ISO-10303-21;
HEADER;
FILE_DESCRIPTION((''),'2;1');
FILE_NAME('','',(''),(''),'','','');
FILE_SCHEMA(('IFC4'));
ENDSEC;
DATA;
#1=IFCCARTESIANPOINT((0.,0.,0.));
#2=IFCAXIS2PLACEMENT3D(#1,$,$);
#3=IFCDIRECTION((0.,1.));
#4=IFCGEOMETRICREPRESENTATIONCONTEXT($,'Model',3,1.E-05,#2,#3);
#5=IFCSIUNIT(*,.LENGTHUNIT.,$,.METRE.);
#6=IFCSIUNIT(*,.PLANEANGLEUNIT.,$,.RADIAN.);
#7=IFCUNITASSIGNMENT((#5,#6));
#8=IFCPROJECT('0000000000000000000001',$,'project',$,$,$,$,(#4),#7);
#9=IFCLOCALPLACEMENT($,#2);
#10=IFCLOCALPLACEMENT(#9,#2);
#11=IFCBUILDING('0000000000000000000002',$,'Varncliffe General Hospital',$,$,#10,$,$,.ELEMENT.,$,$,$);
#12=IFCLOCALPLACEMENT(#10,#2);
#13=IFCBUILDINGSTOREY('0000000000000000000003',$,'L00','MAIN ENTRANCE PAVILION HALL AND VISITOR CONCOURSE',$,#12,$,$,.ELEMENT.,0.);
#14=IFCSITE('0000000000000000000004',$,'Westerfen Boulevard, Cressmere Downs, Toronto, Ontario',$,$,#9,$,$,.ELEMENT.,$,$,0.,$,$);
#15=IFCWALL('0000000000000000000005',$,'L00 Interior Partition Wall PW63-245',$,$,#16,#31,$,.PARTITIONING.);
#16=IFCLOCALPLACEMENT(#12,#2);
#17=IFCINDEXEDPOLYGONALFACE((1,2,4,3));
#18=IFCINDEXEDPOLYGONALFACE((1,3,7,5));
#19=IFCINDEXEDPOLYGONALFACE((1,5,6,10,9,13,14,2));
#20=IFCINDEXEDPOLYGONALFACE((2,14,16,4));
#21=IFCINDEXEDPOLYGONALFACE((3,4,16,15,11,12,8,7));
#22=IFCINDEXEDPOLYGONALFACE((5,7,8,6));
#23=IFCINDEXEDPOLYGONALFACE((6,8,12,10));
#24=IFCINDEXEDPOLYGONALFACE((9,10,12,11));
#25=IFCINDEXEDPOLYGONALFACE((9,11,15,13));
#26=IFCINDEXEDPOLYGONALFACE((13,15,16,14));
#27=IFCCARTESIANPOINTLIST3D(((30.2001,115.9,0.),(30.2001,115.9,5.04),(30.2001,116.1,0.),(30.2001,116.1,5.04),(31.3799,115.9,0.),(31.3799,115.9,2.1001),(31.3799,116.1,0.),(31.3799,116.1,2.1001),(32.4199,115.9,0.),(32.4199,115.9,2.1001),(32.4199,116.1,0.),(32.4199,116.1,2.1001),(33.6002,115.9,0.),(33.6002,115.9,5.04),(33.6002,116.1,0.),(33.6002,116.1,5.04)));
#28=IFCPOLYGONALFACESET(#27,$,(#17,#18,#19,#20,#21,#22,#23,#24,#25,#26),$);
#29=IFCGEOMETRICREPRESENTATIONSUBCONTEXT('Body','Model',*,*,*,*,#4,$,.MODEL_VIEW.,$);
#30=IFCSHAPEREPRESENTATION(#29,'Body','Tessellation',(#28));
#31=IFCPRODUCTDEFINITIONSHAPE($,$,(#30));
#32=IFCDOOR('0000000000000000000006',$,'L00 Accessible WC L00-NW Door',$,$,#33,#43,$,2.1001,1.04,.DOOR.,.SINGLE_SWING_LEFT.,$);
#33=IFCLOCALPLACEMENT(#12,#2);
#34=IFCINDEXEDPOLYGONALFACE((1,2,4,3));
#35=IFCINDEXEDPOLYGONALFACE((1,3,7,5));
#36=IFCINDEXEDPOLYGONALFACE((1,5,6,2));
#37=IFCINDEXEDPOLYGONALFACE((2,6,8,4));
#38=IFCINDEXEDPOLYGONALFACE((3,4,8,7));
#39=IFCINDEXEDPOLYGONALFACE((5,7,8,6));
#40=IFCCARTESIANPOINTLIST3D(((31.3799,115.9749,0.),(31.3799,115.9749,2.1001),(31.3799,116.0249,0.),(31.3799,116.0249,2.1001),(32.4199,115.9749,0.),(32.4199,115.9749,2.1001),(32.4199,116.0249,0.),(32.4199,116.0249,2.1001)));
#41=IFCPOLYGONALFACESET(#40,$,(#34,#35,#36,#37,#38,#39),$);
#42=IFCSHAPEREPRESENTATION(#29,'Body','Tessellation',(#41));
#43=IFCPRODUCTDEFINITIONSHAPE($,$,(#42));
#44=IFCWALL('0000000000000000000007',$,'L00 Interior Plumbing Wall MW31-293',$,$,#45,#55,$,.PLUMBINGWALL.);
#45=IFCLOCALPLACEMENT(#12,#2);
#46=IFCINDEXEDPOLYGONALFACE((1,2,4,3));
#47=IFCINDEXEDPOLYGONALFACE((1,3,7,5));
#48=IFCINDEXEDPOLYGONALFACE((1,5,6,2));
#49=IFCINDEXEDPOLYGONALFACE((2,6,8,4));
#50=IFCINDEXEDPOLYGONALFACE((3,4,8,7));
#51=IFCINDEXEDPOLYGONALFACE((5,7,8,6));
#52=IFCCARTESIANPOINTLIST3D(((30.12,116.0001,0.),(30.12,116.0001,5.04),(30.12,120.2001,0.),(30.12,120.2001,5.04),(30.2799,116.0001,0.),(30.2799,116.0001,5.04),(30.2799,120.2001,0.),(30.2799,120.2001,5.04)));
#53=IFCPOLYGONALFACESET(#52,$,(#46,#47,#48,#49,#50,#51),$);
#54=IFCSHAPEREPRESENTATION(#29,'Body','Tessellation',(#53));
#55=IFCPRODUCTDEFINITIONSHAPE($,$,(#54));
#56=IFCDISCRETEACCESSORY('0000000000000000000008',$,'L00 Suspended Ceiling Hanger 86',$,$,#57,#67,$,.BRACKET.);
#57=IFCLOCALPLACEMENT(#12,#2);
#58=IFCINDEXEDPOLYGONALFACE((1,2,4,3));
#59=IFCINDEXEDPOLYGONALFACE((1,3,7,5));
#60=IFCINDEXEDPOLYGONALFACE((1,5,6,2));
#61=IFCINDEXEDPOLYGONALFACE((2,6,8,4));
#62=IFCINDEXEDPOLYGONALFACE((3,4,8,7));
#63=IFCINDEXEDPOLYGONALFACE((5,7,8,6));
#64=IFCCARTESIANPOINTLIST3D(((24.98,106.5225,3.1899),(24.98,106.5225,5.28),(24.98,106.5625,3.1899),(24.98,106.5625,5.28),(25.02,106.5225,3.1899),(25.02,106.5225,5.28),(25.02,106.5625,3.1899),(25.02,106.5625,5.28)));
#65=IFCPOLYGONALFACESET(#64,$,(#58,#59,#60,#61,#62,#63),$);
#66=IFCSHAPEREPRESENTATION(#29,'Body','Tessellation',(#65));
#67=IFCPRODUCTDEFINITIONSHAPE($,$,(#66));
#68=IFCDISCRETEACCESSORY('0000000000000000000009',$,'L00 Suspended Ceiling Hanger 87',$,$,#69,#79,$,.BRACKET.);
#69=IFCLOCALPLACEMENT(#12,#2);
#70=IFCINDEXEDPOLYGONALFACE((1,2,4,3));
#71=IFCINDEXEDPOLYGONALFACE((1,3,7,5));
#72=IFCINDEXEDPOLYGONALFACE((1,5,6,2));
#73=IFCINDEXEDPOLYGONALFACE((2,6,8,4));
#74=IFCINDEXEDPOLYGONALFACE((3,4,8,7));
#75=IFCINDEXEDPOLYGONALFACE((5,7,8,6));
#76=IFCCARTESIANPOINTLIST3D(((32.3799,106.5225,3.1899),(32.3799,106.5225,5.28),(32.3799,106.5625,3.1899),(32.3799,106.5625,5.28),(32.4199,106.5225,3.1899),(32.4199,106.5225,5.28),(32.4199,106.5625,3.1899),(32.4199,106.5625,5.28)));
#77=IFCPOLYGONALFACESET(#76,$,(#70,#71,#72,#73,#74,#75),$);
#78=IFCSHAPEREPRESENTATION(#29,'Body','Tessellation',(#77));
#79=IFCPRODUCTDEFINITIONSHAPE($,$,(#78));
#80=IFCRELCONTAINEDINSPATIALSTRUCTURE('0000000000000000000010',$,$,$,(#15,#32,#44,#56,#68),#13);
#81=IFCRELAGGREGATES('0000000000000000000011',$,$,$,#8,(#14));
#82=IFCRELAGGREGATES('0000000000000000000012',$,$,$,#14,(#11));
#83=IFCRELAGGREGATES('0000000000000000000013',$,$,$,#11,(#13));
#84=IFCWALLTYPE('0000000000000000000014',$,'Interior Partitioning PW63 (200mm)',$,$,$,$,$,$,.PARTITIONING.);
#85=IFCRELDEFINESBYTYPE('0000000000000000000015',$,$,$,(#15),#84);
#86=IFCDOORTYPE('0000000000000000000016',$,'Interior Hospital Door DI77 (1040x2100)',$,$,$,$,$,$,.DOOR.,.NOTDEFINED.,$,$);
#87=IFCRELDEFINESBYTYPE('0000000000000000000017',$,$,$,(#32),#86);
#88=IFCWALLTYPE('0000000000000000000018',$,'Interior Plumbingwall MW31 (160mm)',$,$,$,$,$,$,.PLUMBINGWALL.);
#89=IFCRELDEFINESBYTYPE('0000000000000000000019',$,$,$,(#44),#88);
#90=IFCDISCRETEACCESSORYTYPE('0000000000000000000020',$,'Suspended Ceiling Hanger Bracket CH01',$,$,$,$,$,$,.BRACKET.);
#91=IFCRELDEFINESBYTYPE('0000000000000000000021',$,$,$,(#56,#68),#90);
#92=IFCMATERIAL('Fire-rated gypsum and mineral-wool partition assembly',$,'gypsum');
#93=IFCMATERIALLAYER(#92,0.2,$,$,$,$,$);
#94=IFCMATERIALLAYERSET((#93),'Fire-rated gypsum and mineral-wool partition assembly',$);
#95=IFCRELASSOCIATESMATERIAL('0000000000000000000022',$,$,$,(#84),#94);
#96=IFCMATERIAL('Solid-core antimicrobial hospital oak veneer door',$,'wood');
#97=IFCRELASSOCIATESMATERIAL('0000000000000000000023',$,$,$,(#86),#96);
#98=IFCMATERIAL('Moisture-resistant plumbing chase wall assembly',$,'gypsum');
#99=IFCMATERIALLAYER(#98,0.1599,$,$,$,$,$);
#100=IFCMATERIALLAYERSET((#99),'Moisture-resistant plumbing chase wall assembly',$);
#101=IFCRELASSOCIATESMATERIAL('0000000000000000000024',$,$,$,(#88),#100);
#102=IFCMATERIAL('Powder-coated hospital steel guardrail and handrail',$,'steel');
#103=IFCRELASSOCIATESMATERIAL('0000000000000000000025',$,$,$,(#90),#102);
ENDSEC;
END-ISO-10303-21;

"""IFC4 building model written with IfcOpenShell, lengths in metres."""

from ifc_helpers import new_model, si_unit, direction, frame, frame_2d, origin, origin_2d, place, context, subcontext, project, spatial, rectangle, extrude, material, layer, layer_set, type_object, element, fill, save


model = new_model("IFC4")

# Units and contexts
model_context = context("Model", 3, precision=1e-05, world=origin(), true_north=direction((0.0, 1.0)))
body_context = subcontext(model_context, "Body", "Model", "MODEL_VIEW")
ifc_project = project(units=[si_unit("LENGTHUNIT", "METRE"), si_unit("PLANEANGLEUNIT", "RADIAN")], contexts=[model_context])

# Site, building, storey
site_placement = place(None, origin())
site = spatial("IfcSite", under=ifc_project, at=site_placement, Name="Westerfen Boulevard, Cressmere Downs, Toronto, Ontario", CompositionType="ELEMENT", RefElevation=0.0)
building_placement = place(site_placement, origin())
building = spatial("IfcBuilding", under=site, at=building_placement, Name="Varncliffe General Hospital", CompositionType="ELEMENT")
storey_placement = place(building_placement, origin())
storey = spatial("IfcBuildingStorey", under=building, at=storey_placement, Name="L00", Description="MAIN ENTRANCE PAVILION HALL AND VISITOR CONCOURSE", CompositionType="ELEMENT", Elevation=0.0)

# Shared definitions
ifc_material_1 = material(Name="Fire-rated gypsum and mineral-wool partition assembly", Category="gypsum")

# Wall, opening, door
ifc_layer_1 = layer(ifc_material_1, 0.2)
ifc_layer_set_1 = layer_set([ifc_layer_1], Name="Fire-rated gypsum and mineral-wool partition assembly")
wall_type_1 = type_object("IfcWallType", Name="Interior Partitioning PW63 (200mm)", PredefinedType="PARTITIONING", material=ifc_layer_set_1)
wall_1_placement = place(storey_placement, frame((30.2, 116.0, 0.0), z_axis=(0.0, 0.0, 1.0), x_axis=(1.0, 0.0, 0.0)))
wall_1 = element("IfcWall", 1, at=wall_1_placement, inside=storey, type_object=wall_type_1, Name="L00 Interior Partition Wall PW63-245", PredefinedType="PARTITIONING", context=body_context, shape_type="SweptSolid", body=[
    extrude(rectangle(XDim=3.4001, YDim=0.2, at=frame_2d((1.7002, 0.0))), origin(), (0.0, 0.0, 1.0), 5.04),
])
opening_1_placement = place(wall_1_placement, frame((1.1799, 0.0, 0.0)))
opening_1 = element("IfcOpeningElement", 2, at=opening_1_placement, cuts=wall_1, PredefinedType="OPENING", context=body_context, shape_type="SweptSolid", body=[
    extrude(rectangle(XDim=1.04, YDim=2.1001, at=frame_2d((0.52, 1.05))), frame((0.0, 0.1099, 0.0), z_axis=(0.0, -1.0, 0.0), x_axis=(1.0, 0.0, 0.0)), (0.0, 0.0, 1.0), 0.22),
])
ifc_material_2 = material(Name="Solid-core antimicrobial hospital oak veneer door", Category="wood")
door_type_1 = type_object("IfcDoorType", Name="Interior Hospital Door DI77 (1040x2100)", OperationType="NOTDEFINED", PredefinedType="DOOR", material=ifc_material_2)
door_1_placement = place(opening_1_placement, origin())
door_1 = element("IfcDoor", 3, at=door_1_placement, inside=storey, type_object=door_type_1, Name="L00 Accessible WC L00-NW Door", OperationType="SINGLE_SWING_LEFT", OverallHeight=2.1001, OverallWidth=1.04, PredefinedType="DOOR", context=body_context, shape_type="SweptSolid", body=[
    extrude(rectangle(XDim=1.04, YDim=2.1001, at=frame_2d((0.52, 1.05))), frame((0.0, 0.0249, 0.0), z_axis=(0.0, -1.0, 0.0), x_axis=(1.0, 0.0, 0.0)), (0.0, 0.0, 1.0), 0.05),
])
fill(opening_1, door_1)

# Wall
ifc_material_3 = material(Name="Moisture-resistant plumbing chase wall assembly", Category="gypsum")
ifc_layer_2 = layer(ifc_material_3, 0.1599)
ifc_layer_set_2 = layer_set([ifc_layer_2], Name="Moisture-resistant plumbing chase wall assembly")
wall_type_2 = type_object("IfcWallType", Name="Interior Plumbingwall MW31 (160mm)", PredefinedType="PLUMBINGWALL", material=ifc_layer_set_2)
wall_2_placement = place(storey_placement, frame((30.2, 116.0, 0.0), z_axis=(0.0, 0.0, 1.0), x_axis=(0.0, 1.0, 0.0)))
element("IfcWall", 4, at=wall_2_placement, inside=storey, type_object=wall_type_2, Name="L00 Interior Plumbing Wall MW31-293", PredefinedType="PLUMBINGWALL", context=body_context, shape_type="SweptSolid", body=[
    extrude(rectangle(XDim=4.2, YDim=0.1599, at=frame_2d((2.1001, 0.0))), origin(), (0.0, 0.0, 1.0), 5.04),
])

# Discrete accessories
ifc_material_4 = material(Name="Powder-coated hospital steel guardrail and handrail", Category="steel")
discrete_accessory_type = type_object("IfcDiscreteAccessoryType", Name="Suspended Ceiling Hanger Bracket CH01", PredefinedType="BRACKET", material=ifc_material_4)
for number, where, z_axis, x_axis, name in (
    (5, (25.0, 106.5425, 3.1899), (0.0, 0.0, 1.0), (1.0, 0.0, 0.0), "L00 Suspended Ceiling Hanger 86"),
    (6, (32.3999, 106.5425, 3.1899), (0.0, 0.0, 1.0), (1.0, 0.0, 0.0), "L00 Suspended Ceiling Hanger 87"),
):
    element("IfcDiscreteAccessory", number, at=place(storey_placement, frame(where, z_axis=z_axis, x_axis=x_axis)), inside=storey, type_object=discrete_accessory_type, Name=name, PredefinedType="BRACKET", context=body_context, shape_type="SweptSolid", body=[
        extrude(rectangle(XDim=0.04, YDim=0.04, at=origin_2d()), origin(), (0.0, 0.0, 1.0), 2.0901),
    ])

save(model, "model.ifc")
